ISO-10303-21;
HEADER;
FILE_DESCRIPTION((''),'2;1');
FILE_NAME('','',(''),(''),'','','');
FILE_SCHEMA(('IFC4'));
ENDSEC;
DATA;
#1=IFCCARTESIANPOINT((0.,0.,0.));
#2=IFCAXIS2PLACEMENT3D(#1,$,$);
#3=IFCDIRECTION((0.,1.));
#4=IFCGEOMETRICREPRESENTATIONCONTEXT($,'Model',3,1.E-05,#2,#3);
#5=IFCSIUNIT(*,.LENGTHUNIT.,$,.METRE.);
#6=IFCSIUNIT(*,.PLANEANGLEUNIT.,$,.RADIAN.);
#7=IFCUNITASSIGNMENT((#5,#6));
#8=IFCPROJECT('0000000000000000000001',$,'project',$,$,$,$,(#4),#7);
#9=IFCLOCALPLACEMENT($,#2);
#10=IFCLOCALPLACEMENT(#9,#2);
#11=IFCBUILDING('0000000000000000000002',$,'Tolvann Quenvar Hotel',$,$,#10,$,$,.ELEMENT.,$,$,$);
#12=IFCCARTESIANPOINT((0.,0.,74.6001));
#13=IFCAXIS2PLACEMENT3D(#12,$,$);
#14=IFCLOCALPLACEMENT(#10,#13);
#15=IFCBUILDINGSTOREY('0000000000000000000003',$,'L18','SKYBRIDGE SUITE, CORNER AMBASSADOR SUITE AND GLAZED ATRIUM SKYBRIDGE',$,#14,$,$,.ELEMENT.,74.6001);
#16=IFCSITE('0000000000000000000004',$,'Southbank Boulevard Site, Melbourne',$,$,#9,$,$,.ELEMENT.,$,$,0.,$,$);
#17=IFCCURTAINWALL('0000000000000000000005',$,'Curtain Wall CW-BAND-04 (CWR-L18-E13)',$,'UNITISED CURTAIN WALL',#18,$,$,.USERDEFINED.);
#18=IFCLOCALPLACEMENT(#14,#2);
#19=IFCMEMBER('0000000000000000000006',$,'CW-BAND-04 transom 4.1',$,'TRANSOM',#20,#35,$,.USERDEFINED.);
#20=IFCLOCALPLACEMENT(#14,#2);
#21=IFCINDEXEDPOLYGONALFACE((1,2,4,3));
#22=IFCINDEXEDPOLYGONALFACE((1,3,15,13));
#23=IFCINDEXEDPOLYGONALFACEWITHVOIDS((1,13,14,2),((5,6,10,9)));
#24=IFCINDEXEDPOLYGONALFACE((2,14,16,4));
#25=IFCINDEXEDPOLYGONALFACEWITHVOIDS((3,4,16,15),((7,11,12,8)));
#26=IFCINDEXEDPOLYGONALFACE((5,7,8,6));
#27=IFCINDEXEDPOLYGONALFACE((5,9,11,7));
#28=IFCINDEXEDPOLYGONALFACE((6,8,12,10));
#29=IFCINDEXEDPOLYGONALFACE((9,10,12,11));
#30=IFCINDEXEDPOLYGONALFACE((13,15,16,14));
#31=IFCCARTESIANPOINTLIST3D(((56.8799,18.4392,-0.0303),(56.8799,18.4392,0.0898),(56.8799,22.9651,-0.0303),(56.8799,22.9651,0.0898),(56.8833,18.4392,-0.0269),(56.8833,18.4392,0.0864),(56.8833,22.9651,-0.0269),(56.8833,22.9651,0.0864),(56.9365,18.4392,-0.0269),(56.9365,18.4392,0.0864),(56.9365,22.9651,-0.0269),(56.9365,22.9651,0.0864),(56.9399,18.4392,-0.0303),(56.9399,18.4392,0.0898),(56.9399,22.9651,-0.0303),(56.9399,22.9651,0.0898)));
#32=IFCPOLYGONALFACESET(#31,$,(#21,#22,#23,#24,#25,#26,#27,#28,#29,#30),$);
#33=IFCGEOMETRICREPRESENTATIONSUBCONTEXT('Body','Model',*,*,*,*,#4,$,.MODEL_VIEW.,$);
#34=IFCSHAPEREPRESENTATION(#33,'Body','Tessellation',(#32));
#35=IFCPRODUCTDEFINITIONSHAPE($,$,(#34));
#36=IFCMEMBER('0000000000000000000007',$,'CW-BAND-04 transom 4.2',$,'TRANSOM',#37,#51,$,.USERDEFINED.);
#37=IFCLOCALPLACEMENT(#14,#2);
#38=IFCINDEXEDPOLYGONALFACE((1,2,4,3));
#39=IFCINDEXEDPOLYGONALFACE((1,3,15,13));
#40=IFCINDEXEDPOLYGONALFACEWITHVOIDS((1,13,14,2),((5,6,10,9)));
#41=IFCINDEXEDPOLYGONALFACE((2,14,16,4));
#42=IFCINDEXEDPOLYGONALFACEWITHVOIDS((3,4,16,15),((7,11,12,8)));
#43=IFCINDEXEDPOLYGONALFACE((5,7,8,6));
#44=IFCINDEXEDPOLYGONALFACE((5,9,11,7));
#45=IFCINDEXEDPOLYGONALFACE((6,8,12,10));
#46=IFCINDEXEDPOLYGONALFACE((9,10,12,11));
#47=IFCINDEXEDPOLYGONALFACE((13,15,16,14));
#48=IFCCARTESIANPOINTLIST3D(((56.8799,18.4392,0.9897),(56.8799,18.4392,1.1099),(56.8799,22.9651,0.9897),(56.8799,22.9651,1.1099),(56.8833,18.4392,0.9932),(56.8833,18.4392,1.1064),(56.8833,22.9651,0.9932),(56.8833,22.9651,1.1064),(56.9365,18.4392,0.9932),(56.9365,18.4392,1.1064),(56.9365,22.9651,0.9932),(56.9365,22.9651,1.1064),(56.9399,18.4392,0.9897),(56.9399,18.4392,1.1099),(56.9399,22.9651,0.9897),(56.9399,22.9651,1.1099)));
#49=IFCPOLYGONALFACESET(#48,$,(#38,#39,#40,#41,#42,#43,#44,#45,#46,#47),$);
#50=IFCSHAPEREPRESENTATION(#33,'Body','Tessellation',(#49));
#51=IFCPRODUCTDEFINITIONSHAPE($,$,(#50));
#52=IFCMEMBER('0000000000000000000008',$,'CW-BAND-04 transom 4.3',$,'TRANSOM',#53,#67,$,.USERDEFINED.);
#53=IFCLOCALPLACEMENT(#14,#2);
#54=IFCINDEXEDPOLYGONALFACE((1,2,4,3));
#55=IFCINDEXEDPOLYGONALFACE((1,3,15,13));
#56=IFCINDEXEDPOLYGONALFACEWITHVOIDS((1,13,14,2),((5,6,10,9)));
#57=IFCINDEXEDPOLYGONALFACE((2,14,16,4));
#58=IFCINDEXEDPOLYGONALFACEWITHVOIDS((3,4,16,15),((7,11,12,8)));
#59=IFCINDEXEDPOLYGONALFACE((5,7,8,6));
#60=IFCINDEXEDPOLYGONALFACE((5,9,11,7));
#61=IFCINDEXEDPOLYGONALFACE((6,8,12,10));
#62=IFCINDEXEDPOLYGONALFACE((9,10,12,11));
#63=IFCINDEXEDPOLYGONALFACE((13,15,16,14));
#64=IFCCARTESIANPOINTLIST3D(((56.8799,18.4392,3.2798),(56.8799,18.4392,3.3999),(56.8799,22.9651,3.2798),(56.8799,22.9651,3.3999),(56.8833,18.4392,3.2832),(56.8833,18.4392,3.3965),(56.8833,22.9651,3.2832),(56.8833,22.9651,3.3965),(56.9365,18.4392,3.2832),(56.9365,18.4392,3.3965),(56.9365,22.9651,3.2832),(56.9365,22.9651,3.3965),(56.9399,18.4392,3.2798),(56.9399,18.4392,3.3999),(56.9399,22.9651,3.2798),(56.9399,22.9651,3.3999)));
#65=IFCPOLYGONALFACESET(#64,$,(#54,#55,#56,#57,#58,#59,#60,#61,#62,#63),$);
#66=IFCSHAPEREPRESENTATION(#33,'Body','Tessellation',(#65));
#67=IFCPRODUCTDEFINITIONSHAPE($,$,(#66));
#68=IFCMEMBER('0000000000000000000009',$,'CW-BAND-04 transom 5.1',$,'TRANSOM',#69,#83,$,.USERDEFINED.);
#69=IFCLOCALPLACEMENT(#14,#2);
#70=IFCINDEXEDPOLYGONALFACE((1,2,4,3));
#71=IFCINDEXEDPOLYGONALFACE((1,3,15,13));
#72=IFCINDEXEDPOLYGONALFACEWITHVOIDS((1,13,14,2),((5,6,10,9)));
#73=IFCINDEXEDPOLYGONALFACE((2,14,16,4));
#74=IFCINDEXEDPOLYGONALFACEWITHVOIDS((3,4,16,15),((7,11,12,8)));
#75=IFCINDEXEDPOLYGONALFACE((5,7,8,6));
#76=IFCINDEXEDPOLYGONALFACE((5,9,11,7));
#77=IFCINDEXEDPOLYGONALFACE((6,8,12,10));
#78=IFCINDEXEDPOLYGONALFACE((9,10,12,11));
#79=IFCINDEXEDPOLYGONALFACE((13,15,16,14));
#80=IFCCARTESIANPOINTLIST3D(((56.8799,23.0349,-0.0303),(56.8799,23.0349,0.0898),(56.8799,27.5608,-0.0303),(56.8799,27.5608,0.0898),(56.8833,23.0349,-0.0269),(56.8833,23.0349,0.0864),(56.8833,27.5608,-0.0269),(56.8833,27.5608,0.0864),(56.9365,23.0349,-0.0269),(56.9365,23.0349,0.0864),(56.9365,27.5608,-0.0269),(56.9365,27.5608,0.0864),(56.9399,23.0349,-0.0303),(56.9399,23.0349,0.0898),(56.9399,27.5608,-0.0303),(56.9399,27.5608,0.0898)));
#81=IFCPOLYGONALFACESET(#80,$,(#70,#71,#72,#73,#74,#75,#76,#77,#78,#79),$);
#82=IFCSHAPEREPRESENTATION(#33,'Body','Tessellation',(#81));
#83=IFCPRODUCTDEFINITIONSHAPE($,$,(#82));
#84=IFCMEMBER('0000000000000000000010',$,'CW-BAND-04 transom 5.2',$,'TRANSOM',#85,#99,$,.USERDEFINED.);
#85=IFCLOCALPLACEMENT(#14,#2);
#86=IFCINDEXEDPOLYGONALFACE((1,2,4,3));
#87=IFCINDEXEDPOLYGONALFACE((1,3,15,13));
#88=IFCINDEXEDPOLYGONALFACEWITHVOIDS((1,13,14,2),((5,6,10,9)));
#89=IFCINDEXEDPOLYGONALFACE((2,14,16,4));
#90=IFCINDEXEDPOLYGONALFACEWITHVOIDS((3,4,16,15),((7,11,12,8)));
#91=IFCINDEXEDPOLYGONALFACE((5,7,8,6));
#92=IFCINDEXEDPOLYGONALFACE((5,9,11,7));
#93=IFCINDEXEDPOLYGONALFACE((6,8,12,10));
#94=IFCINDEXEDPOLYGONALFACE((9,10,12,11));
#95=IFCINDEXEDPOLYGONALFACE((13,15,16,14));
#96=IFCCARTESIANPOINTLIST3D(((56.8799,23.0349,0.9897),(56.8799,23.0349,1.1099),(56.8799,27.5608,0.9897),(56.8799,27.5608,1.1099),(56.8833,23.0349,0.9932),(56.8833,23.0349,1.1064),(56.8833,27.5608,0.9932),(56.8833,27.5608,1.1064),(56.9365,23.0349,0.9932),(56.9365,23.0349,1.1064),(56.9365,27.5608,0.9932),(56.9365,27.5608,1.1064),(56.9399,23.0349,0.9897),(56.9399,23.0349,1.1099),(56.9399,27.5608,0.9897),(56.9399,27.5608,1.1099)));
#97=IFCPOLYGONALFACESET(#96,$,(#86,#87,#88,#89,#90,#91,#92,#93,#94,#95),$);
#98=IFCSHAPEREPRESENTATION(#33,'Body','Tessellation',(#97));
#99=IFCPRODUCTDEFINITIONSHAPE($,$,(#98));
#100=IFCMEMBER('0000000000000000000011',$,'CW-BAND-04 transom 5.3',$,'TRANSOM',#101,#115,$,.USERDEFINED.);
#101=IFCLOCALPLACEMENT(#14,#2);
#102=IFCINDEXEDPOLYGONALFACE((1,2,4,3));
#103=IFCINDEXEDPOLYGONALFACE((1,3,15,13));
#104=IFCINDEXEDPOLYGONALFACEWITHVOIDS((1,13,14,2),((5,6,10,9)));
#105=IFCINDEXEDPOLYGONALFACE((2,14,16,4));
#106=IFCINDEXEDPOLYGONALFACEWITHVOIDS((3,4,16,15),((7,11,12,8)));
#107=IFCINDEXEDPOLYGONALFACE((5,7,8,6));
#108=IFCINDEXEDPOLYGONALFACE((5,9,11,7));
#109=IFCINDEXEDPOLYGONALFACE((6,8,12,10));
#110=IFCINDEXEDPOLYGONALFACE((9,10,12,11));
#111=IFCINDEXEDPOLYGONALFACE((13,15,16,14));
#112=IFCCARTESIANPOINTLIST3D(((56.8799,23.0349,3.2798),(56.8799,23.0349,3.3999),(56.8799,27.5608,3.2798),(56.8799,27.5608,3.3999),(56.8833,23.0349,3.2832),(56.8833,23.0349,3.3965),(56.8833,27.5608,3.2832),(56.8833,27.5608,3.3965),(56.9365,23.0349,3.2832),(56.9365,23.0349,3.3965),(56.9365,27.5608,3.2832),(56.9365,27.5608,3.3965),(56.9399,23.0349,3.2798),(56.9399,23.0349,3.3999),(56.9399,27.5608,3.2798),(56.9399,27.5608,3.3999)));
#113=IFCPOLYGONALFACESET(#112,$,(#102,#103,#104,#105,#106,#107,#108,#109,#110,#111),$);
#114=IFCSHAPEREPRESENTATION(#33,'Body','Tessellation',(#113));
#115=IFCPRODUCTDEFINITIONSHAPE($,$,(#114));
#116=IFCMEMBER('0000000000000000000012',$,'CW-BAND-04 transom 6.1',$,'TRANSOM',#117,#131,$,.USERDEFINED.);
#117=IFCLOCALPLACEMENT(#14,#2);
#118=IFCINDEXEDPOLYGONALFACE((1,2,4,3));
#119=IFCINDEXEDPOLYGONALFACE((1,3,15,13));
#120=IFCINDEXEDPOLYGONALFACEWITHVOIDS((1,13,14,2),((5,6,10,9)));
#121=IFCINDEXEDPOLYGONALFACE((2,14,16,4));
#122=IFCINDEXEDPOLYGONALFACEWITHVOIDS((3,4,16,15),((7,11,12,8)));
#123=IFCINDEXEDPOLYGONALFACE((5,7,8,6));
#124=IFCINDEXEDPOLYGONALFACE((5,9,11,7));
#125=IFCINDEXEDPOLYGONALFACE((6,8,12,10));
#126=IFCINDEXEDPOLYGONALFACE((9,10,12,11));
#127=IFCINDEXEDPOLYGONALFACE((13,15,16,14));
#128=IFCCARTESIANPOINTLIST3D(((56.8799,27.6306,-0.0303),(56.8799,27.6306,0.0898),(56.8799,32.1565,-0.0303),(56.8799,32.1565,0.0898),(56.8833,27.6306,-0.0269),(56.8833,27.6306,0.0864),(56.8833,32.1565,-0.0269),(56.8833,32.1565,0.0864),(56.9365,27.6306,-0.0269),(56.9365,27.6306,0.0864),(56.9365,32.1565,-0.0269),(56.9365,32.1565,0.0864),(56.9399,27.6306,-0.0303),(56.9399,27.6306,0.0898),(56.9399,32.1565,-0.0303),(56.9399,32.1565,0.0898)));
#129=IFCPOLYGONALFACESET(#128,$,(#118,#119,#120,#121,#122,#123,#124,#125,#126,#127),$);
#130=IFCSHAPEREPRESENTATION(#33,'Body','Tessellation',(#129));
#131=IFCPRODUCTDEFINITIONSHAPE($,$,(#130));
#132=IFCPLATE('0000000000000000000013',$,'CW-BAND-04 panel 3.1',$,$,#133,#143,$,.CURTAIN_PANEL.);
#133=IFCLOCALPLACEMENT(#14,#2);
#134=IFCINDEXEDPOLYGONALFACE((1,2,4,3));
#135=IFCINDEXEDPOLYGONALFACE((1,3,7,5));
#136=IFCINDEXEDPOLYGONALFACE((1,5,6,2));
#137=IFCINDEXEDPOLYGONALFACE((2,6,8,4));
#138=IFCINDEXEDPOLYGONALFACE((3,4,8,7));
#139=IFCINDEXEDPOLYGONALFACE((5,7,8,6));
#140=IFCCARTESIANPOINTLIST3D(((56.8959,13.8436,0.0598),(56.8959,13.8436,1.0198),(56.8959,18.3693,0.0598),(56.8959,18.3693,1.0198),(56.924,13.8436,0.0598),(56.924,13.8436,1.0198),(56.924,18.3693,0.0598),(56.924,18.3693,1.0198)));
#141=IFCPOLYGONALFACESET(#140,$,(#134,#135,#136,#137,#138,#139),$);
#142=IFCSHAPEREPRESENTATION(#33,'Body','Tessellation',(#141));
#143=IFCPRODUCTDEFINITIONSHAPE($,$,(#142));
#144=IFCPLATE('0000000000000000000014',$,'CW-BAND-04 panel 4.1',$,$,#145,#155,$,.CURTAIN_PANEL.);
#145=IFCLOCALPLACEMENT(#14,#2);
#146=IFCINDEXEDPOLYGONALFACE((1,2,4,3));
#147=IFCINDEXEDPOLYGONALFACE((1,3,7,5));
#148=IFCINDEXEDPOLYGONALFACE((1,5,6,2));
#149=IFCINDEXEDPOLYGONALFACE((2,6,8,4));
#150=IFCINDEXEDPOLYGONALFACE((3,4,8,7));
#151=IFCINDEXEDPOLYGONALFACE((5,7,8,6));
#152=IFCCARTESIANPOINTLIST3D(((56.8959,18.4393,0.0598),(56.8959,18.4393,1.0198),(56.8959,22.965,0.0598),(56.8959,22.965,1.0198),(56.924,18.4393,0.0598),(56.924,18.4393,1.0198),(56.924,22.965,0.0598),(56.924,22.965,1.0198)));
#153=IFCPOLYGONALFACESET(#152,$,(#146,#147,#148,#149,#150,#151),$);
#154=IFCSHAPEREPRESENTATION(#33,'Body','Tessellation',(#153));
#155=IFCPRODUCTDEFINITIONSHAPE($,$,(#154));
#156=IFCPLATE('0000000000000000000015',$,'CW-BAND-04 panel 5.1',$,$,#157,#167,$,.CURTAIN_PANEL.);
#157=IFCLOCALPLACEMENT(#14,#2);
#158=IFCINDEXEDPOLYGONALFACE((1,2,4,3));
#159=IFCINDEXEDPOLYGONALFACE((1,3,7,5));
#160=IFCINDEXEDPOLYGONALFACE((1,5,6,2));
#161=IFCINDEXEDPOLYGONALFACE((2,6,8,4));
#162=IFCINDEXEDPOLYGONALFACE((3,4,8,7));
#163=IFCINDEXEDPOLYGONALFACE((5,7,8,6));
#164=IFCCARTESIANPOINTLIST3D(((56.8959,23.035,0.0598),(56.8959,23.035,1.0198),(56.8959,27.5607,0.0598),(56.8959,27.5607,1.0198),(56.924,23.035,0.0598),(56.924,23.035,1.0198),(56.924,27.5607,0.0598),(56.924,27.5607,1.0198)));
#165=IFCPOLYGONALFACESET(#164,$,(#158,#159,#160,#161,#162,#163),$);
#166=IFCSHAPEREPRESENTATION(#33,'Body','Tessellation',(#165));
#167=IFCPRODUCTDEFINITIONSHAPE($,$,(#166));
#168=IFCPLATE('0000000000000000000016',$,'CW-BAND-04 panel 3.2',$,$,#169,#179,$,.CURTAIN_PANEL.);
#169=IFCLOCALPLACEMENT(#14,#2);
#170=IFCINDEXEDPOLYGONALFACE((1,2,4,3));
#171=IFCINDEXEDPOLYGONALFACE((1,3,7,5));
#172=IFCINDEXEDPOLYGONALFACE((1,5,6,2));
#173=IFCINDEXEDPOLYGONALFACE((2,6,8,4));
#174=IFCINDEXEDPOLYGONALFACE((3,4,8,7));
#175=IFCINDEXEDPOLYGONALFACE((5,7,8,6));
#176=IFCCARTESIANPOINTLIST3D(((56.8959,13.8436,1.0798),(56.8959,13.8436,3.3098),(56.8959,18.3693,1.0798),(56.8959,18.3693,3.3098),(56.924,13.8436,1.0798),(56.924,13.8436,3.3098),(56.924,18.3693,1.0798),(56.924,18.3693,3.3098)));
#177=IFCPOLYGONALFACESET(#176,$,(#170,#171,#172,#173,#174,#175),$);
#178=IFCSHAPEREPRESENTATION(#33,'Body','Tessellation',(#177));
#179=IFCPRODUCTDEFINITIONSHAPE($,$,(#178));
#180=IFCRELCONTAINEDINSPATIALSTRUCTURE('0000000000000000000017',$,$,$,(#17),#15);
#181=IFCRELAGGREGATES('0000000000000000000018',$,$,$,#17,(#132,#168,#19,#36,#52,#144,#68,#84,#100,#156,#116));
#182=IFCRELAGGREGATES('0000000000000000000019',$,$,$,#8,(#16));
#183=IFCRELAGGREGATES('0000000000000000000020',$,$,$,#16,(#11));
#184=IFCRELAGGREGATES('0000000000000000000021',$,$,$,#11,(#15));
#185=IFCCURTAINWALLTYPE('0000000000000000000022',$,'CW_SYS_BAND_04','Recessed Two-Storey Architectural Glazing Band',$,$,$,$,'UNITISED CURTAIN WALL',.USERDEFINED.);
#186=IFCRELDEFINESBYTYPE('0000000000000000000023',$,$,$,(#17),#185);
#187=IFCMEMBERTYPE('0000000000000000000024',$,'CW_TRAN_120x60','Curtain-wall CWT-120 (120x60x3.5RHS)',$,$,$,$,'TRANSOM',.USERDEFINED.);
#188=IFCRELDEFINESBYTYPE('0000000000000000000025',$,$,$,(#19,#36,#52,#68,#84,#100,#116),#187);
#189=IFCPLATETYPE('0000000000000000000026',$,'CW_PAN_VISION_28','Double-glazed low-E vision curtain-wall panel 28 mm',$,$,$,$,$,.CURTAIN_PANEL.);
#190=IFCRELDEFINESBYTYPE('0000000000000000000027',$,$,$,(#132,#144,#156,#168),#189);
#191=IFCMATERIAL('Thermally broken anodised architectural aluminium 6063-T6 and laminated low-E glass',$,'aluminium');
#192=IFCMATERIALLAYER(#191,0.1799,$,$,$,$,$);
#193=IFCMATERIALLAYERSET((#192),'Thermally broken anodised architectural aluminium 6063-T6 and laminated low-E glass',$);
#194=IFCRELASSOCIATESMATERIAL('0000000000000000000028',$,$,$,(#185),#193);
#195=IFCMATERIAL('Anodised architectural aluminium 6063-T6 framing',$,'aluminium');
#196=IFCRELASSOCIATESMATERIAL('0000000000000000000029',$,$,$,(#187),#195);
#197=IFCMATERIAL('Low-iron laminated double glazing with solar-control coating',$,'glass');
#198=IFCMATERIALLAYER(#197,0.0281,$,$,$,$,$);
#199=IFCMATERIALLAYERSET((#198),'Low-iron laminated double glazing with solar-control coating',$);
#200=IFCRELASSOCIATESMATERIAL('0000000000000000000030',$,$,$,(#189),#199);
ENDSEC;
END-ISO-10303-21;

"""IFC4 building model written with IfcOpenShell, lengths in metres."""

from ifc_helpers import new_model, si_unit, direction, frame, origin, origin_2d, place, context, subcontext, project, spatial, rectangle, hollow_rectangle, extrude, source, transform, mapped, material, layer, layer_set, material_profile, profile_set, type_object, type_shapes, element, aggregate, save


model = new_model("IFC4")

# Units and contexts
model_context = context("Model", 3, precision=1e-05, world=origin(), true_north=direction((0.0, 1.0)))
body_context = subcontext(model_context, "Body", "Model", "MODEL_VIEW")
ifc_project = project(units=[si_unit("LENGTHUNIT", "METRE"), si_unit("PLANEANGLEUNIT", "RADIAN")], contexts=[model_context])

# Site, building, storey
site_placement = place(None, origin())
site = spatial("IfcSite", under=ifc_project, at=site_placement, Name="Southbank Boulevard Site, Melbourne", CompositionType="ELEMENT", RefElevation=0.0)
building_placement = place(site_placement, origin())
building = spatial("IfcBuilding", under=site, at=building_placement, Name="Tolvann Quenvar Hotel", CompositionType="ELEMENT")
storey_placement = place(building_placement, frame((0.0, 0.0, 74.6001)))
storey = spatial("IfcBuildingStorey", under=building, at=storey_placement, Name="L18", Description="SKYBRIDGE SUITE, CORNER AMBASSADOR SUITE AND GLAZED ATRIUM SKYBRIDGE", CompositionType="ELEMENT", Elevation=74.6001)

# Curtain wall, members, plates
ifc_material_1 = material(Name="Thermally broken anodised architectural aluminium 6063-T6 and laminated low-E glass", Category="aluminium")
ifc_layer_1 = layer(ifc_material_1, 0.1799)
ifc_layer_set_1 = layer_set([ifc_layer_1], Name="Thermally broken anodised architectural aluminium 6063-T6 and laminated low-E glass")
curtain_wall_type = type_object("IfcCurtainWallType", Name="CW_SYS_BAND_04", Description="Recessed Two-Storey Architectural Glazing Band", ElementType="UNITISED CURTAIN WALL", PredefinedType="USERDEFINED", material=ifc_layer_set_1)
curtain_wall_placement = place(storey_placement, origin())
curtain_wall = element("IfcCurtainWall", 1, at=curtain_wall_placement, inside=storey, type_object=curtain_wall_type, Name="Curtain Wall CW-BAND-04 (CWR-L18-E13)", ObjectType="UNITISED CURTAIN WALL", PredefinedType="USERDEFINED")
ifc_material_2 = material(Name="Anodised architectural aluminium 6063-T6 framing", Category="aluminium")
ifc_material_profile_1 = material_profile(ifc_material_2, hollow_rectangle(XDim=0.0601, YDim=0.1201, WallThickness=0.0034, at=origin_2d()), Name="120x60x3.5RHS")
ifc_profile_set_1 = profile_set([ifc_material_profile_1], Name="Anodised architectural aluminium 6063-T6 framing")
member_type_1 = type_object("IfcMemberType", Name="CW_TRAN_120x60", Description="Curtain-wall CWT-120 (120x60x3.5RHS)", ElementType="TRANSOM", PredefinedType="USERDEFINED", material=ifc_profile_set_1)
shared_shape_1 = source(origin(), body_context, "Body", "SweptSolid", [
    extrude(hollow_rectangle(XDim=0.0601, YDim=0.1201, WallThickness=0.0034, at=origin_2d()), origin(), (0.0, 0.0, 1.0), 4.5259),
])
type_shapes(member_type_1, [shared_shape_1])
member_1_placement = place(storey_placement, frame((56.9099, 18.4392, 0.0298), z_axis=(0.0, 1.0, 0.0), x_axis=(-1.0, 0.0, 0.0)))
member_1 = element("IfcMember", 2, at=member_1_placement, type_object=member_type_1, Name="CW-BAND-04 transom 4.1", ObjectType="TRANSOM", PredefinedType="USERDEFINED", context=body_context, shape_type="MappedRepresentation", body=[
    mapped(shared_shape_1, transform((0.0, 0.0, 0.0), x_axis=(1.0, 0.0, 0.0), y_axis=(0.0, 1.0, 0.0), z_axis=(0.0, 0.0, 1.0), scale=1.0)),
])
member_2_placement = place(storey_placement, frame((56.9099, 18.4392, 1.0498), z_axis=(0.0, 1.0, 0.0), x_axis=(-1.0, 0.0, 0.0)))
member_2 = element("IfcMember", 3, at=member_2_placement, type_object=member_type_1, Name="CW-BAND-04 transom 4.2", ObjectType="TRANSOM", PredefinedType="USERDEFINED", context=body_context, shape_type="MappedRepresentation", body=[
    mapped(shared_shape_1, transform((0.0, 0.0, 0.0), x_axis=(1.0, 0.0, 0.0), y_axis=(0.0, 1.0, 0.0), z_axis=(0.0, 0.0, 1.0), scale=1.0)),
])
member_3_placement = place(storey_placement, frame((56.9099, 18.4392, 3.3398), z_axis=(0.0, 1.0, 0.0), x_axis=(-1.0, 0.0, 0.0)))
member_3 = element("IfcMember", 4, at=member_3_placement, type_object=member_type_1, Name="CW-BAND-04 transom 4.3", ObjectType="TRANSOM", PredefinedType="USERDEFINED", context=body_context, shape_type="MappedRepresentation", body=[
    mapped(shared_shape_1, transform((0.0, 0.0, 0.0), x_axis=(1.0, 0.0, 0.0), y_axis=(0.0, 1.0, 0.0), z_axis=(0.0, 0.0, 1.0), scale=1.0)),
])
member_4_placement = place(storey_placement, frame((56.9099, 23.0349, 0.0298), z_axis=(0.0, 1.0, 0.0), x_axis=(-1.0, 0.0, 0.0)))
member_4 = element("IfcMember", 5, at=member_4_placement, type_object=member_type_1, Name="CW-BAND-04 transom 5.1", ObjectType="TRANSOM", PredefinedType="USERDEFINED", context=body_context, shape_type="MappedRepresentation", body=[
    mapped(shared_shape_1, transform((0.0, 0.0, 0.0), x_axis=(1.0, 0.0, 0.0), y_axis=(0.0, 1.0, 0.0), z_axis=(0.0, 0.0, 1.0), scale=1.0)),
])
member_5_placement = place(storey_placement, frame((56.9099, 23.0349, 1.0498), z_axis=(0.0, 1.0, 0.0), x_axis=(-1.0, 0.0, 0.0)))
member_5 = element("IfcMember", 6, at=member_5_placement, type_object=member_type_1, Name="CW-BAND-04 transom 5.2", ObjectType="TRANSOM", PredefinedType="USERDEFINED", context=body_context, shape_type="MappedRepresentation", body=[
    mapped(shared_shape_1, transform((0.0, 0.0, 0.0), x_axis=(1.0, 0.0, 0.0), y_axis=(0.0, 1.0, 0.0), z_axis=(0.0, 0.0, 1.0), scale=1.0)),
])
member_6_placement = place(storey_placement, frame((56.9099, 23.0349, 3.3398), z_axis=(0.0, 1.0, 0.0), x_axis=(-1.0, 0.0, 0.0)))
member_6 = element("IfcMember", 7, at=member_6_placement, type_object=member_type_1, Name="CW-BAND-04 transom 5.3", ObjectType="TRANSOM", PredefinedType="USERDEFINED", context=body_context, shape_type="MappedRepresentation", body=[
    mapped(shared_shape_1, transform((0.0, 0.0, 0.0), x_axis=(1.0, 0.0, 0.0), y_axis=(0.0, 1.0, 0.0), z_axis=(0.0, 0.0, 1.0), scale=1.0)),
])
member_7_placement = place(storey_placement, frame((56.9099, 27.6306, 0.0298), z_axis=(0.0, 1.0, 0.0), x_axis=(-1.0, 0.0, 0.0)))
member_7 = element("IfcMember", 8, at=member_7_placement, type_object=member_type_1, Name="CW-BAND-04 transom 6.1", ObjectType="TRANSOM", PredefinedType="USERDEFINED", context=body_context, shape_type="MappedRepresentation", body=[
    mapped(shared_shape_1, transform((0.0, 0.0, 0.0), x_axis=(1.0, 0.0, 0.0), y_axis=(0.0, 1.0, 0.0), z_axis=(0.0, 0.0, 1.0), scale=1.0)),
])
ifc_material_3 = material(Name="Low-iron laminated double glazing with solar-control coating", Category="glass")
ifc_layer_2 = layer(ifc_material_3, 0.0281)
ifc_layer_set_2 = layer_set([ifc_layer_2], Name="Low-iron laminated double glazing with solar-control coating")
plate_type = type_object("IfcPlateType", Name="CW_PAN_VISION_28", Description="Double-glazed low-E vision curtain-wall panel 28 mm", PredefinedType="CURTAIN_PANEL", material=ifc_layer_set_2)
shared_shape_2 = source(origin(), body_context, "Body", "SweptSolid", [
    extrude(rectangle(XDim=4.5256, YDim=0.0281, at=origin_2d()), origin(), (0.0, 0.0, 1.0), 0.96),
])
plate_1_placement = place(storey_placement, frame((56.9099, 16.1064, 0.0598), z_axis=(0.0, 0.0, 1.0), x_axis=(0.0, 1.0, 0.0)))
plate_1 = element("IfcPlate", 9, at=plate_1_placement, type_object=plate_type, Name="CW-BAND-04 panel 3.1", PredefinedType="CURTAIN_PANEL", context=body_context, shape_type="MappedRepresentation", body=[
    mapped(shared_shape_2, transform((0.0, 0.0, 0.0), x_axis=(1.0, 0.0, 0.0), y_axis=(0.0, 1.0, 0.0), z_axis=(0.0, 0.0, 1.0), scale=1.0)),
])
plate_2_placement = place(storey_placement, frame((56.9099, 20.7021, 0.0598), z_axis=(0.0, 0.0, 1.0), x_axis=(0.0, 1.0, 0.0)))
plate_2 = element("IfcPlate", 10, at=plate_2_placement, type_object=plate_type, Name="CW-BAND-04 panel 4.1", PredefinedType="CURTAIN_PANEL", context=body_context, shape_type="MappedRepresentation", body=[
    mapped(shared_shape_2, transform((0.0, 0.0, 0.0), x_axis=(1.0, 0.0, 0.0), y_axis=(0.0, 1.0, 0.0), z_axis=(0.0, 0.0, 1.0), scale=1.0)),
])
plate_3_placement = place(storey_placement, frame((56.9099, 25.2979, 0.0598), z_axis=(0.0, 0.0, 1.0), x_axis=(0.0, 1.0, 0.0)))
plate_3 = element("IfcPlate", 11, at=plate_3_placement, type_object=plate_type, Name="CW-BAND-04 panel 5.1", PredefinedType="CURTAIN_PANEL", context=body_context, shape_type="MappedRepresentation", body=[
    mapped(shared_shape_2, transform((0.0, 0.0, 0.0), x_axis=(1.0, 0.0, 0.0), y_axis=(0.0, 1.0, 0.0), z_axis=(0.0, 0.0, 1.0), scale=1.0)),
])
shared_shape_3 = source(origin(), body_context, "Body", "SweptSolid", [
    extrude(rectangle(XDim=4.5256, YDim=0.0281, at=origin_2d()), origin(), (0.0, 0.0, 1.0), 2.23),
])
type_shapes(plate_type, [shared_shape_2, shared_shape_3])
plate_4_placement = place(storey_placement, frame((56.9099, 16.1064, 1.0798), z_axis=(0.0, 0.0, 1.0), x_axis=(0.0, 1.0, 0.0)))
plate_4 = element("IfcPlate", 12, at=plate_4_placement, type_object=plate_type, Name="CW-BAND-04 panel 3.2", PredefinedType="CURTAIN_PANEL", context=body_context, shape_type="MappedRepresentation", body=[
    mapped(shared_shape_3, transform((0.0, 0.0, 0.0), x_axis=(1.0, 0.0, 0.0), y_axis=(0.0, 1.0, 0.0), z_axis=(0.0, 0.0, 1.0), scale=1.0)),
])
aggregate(curtain_wall, [plate_1, plate_4, member_1, member_2, member_3, plate_2, member_4, member_5, member_6, plate_3, member_7])

save(model, "model.ifc")
